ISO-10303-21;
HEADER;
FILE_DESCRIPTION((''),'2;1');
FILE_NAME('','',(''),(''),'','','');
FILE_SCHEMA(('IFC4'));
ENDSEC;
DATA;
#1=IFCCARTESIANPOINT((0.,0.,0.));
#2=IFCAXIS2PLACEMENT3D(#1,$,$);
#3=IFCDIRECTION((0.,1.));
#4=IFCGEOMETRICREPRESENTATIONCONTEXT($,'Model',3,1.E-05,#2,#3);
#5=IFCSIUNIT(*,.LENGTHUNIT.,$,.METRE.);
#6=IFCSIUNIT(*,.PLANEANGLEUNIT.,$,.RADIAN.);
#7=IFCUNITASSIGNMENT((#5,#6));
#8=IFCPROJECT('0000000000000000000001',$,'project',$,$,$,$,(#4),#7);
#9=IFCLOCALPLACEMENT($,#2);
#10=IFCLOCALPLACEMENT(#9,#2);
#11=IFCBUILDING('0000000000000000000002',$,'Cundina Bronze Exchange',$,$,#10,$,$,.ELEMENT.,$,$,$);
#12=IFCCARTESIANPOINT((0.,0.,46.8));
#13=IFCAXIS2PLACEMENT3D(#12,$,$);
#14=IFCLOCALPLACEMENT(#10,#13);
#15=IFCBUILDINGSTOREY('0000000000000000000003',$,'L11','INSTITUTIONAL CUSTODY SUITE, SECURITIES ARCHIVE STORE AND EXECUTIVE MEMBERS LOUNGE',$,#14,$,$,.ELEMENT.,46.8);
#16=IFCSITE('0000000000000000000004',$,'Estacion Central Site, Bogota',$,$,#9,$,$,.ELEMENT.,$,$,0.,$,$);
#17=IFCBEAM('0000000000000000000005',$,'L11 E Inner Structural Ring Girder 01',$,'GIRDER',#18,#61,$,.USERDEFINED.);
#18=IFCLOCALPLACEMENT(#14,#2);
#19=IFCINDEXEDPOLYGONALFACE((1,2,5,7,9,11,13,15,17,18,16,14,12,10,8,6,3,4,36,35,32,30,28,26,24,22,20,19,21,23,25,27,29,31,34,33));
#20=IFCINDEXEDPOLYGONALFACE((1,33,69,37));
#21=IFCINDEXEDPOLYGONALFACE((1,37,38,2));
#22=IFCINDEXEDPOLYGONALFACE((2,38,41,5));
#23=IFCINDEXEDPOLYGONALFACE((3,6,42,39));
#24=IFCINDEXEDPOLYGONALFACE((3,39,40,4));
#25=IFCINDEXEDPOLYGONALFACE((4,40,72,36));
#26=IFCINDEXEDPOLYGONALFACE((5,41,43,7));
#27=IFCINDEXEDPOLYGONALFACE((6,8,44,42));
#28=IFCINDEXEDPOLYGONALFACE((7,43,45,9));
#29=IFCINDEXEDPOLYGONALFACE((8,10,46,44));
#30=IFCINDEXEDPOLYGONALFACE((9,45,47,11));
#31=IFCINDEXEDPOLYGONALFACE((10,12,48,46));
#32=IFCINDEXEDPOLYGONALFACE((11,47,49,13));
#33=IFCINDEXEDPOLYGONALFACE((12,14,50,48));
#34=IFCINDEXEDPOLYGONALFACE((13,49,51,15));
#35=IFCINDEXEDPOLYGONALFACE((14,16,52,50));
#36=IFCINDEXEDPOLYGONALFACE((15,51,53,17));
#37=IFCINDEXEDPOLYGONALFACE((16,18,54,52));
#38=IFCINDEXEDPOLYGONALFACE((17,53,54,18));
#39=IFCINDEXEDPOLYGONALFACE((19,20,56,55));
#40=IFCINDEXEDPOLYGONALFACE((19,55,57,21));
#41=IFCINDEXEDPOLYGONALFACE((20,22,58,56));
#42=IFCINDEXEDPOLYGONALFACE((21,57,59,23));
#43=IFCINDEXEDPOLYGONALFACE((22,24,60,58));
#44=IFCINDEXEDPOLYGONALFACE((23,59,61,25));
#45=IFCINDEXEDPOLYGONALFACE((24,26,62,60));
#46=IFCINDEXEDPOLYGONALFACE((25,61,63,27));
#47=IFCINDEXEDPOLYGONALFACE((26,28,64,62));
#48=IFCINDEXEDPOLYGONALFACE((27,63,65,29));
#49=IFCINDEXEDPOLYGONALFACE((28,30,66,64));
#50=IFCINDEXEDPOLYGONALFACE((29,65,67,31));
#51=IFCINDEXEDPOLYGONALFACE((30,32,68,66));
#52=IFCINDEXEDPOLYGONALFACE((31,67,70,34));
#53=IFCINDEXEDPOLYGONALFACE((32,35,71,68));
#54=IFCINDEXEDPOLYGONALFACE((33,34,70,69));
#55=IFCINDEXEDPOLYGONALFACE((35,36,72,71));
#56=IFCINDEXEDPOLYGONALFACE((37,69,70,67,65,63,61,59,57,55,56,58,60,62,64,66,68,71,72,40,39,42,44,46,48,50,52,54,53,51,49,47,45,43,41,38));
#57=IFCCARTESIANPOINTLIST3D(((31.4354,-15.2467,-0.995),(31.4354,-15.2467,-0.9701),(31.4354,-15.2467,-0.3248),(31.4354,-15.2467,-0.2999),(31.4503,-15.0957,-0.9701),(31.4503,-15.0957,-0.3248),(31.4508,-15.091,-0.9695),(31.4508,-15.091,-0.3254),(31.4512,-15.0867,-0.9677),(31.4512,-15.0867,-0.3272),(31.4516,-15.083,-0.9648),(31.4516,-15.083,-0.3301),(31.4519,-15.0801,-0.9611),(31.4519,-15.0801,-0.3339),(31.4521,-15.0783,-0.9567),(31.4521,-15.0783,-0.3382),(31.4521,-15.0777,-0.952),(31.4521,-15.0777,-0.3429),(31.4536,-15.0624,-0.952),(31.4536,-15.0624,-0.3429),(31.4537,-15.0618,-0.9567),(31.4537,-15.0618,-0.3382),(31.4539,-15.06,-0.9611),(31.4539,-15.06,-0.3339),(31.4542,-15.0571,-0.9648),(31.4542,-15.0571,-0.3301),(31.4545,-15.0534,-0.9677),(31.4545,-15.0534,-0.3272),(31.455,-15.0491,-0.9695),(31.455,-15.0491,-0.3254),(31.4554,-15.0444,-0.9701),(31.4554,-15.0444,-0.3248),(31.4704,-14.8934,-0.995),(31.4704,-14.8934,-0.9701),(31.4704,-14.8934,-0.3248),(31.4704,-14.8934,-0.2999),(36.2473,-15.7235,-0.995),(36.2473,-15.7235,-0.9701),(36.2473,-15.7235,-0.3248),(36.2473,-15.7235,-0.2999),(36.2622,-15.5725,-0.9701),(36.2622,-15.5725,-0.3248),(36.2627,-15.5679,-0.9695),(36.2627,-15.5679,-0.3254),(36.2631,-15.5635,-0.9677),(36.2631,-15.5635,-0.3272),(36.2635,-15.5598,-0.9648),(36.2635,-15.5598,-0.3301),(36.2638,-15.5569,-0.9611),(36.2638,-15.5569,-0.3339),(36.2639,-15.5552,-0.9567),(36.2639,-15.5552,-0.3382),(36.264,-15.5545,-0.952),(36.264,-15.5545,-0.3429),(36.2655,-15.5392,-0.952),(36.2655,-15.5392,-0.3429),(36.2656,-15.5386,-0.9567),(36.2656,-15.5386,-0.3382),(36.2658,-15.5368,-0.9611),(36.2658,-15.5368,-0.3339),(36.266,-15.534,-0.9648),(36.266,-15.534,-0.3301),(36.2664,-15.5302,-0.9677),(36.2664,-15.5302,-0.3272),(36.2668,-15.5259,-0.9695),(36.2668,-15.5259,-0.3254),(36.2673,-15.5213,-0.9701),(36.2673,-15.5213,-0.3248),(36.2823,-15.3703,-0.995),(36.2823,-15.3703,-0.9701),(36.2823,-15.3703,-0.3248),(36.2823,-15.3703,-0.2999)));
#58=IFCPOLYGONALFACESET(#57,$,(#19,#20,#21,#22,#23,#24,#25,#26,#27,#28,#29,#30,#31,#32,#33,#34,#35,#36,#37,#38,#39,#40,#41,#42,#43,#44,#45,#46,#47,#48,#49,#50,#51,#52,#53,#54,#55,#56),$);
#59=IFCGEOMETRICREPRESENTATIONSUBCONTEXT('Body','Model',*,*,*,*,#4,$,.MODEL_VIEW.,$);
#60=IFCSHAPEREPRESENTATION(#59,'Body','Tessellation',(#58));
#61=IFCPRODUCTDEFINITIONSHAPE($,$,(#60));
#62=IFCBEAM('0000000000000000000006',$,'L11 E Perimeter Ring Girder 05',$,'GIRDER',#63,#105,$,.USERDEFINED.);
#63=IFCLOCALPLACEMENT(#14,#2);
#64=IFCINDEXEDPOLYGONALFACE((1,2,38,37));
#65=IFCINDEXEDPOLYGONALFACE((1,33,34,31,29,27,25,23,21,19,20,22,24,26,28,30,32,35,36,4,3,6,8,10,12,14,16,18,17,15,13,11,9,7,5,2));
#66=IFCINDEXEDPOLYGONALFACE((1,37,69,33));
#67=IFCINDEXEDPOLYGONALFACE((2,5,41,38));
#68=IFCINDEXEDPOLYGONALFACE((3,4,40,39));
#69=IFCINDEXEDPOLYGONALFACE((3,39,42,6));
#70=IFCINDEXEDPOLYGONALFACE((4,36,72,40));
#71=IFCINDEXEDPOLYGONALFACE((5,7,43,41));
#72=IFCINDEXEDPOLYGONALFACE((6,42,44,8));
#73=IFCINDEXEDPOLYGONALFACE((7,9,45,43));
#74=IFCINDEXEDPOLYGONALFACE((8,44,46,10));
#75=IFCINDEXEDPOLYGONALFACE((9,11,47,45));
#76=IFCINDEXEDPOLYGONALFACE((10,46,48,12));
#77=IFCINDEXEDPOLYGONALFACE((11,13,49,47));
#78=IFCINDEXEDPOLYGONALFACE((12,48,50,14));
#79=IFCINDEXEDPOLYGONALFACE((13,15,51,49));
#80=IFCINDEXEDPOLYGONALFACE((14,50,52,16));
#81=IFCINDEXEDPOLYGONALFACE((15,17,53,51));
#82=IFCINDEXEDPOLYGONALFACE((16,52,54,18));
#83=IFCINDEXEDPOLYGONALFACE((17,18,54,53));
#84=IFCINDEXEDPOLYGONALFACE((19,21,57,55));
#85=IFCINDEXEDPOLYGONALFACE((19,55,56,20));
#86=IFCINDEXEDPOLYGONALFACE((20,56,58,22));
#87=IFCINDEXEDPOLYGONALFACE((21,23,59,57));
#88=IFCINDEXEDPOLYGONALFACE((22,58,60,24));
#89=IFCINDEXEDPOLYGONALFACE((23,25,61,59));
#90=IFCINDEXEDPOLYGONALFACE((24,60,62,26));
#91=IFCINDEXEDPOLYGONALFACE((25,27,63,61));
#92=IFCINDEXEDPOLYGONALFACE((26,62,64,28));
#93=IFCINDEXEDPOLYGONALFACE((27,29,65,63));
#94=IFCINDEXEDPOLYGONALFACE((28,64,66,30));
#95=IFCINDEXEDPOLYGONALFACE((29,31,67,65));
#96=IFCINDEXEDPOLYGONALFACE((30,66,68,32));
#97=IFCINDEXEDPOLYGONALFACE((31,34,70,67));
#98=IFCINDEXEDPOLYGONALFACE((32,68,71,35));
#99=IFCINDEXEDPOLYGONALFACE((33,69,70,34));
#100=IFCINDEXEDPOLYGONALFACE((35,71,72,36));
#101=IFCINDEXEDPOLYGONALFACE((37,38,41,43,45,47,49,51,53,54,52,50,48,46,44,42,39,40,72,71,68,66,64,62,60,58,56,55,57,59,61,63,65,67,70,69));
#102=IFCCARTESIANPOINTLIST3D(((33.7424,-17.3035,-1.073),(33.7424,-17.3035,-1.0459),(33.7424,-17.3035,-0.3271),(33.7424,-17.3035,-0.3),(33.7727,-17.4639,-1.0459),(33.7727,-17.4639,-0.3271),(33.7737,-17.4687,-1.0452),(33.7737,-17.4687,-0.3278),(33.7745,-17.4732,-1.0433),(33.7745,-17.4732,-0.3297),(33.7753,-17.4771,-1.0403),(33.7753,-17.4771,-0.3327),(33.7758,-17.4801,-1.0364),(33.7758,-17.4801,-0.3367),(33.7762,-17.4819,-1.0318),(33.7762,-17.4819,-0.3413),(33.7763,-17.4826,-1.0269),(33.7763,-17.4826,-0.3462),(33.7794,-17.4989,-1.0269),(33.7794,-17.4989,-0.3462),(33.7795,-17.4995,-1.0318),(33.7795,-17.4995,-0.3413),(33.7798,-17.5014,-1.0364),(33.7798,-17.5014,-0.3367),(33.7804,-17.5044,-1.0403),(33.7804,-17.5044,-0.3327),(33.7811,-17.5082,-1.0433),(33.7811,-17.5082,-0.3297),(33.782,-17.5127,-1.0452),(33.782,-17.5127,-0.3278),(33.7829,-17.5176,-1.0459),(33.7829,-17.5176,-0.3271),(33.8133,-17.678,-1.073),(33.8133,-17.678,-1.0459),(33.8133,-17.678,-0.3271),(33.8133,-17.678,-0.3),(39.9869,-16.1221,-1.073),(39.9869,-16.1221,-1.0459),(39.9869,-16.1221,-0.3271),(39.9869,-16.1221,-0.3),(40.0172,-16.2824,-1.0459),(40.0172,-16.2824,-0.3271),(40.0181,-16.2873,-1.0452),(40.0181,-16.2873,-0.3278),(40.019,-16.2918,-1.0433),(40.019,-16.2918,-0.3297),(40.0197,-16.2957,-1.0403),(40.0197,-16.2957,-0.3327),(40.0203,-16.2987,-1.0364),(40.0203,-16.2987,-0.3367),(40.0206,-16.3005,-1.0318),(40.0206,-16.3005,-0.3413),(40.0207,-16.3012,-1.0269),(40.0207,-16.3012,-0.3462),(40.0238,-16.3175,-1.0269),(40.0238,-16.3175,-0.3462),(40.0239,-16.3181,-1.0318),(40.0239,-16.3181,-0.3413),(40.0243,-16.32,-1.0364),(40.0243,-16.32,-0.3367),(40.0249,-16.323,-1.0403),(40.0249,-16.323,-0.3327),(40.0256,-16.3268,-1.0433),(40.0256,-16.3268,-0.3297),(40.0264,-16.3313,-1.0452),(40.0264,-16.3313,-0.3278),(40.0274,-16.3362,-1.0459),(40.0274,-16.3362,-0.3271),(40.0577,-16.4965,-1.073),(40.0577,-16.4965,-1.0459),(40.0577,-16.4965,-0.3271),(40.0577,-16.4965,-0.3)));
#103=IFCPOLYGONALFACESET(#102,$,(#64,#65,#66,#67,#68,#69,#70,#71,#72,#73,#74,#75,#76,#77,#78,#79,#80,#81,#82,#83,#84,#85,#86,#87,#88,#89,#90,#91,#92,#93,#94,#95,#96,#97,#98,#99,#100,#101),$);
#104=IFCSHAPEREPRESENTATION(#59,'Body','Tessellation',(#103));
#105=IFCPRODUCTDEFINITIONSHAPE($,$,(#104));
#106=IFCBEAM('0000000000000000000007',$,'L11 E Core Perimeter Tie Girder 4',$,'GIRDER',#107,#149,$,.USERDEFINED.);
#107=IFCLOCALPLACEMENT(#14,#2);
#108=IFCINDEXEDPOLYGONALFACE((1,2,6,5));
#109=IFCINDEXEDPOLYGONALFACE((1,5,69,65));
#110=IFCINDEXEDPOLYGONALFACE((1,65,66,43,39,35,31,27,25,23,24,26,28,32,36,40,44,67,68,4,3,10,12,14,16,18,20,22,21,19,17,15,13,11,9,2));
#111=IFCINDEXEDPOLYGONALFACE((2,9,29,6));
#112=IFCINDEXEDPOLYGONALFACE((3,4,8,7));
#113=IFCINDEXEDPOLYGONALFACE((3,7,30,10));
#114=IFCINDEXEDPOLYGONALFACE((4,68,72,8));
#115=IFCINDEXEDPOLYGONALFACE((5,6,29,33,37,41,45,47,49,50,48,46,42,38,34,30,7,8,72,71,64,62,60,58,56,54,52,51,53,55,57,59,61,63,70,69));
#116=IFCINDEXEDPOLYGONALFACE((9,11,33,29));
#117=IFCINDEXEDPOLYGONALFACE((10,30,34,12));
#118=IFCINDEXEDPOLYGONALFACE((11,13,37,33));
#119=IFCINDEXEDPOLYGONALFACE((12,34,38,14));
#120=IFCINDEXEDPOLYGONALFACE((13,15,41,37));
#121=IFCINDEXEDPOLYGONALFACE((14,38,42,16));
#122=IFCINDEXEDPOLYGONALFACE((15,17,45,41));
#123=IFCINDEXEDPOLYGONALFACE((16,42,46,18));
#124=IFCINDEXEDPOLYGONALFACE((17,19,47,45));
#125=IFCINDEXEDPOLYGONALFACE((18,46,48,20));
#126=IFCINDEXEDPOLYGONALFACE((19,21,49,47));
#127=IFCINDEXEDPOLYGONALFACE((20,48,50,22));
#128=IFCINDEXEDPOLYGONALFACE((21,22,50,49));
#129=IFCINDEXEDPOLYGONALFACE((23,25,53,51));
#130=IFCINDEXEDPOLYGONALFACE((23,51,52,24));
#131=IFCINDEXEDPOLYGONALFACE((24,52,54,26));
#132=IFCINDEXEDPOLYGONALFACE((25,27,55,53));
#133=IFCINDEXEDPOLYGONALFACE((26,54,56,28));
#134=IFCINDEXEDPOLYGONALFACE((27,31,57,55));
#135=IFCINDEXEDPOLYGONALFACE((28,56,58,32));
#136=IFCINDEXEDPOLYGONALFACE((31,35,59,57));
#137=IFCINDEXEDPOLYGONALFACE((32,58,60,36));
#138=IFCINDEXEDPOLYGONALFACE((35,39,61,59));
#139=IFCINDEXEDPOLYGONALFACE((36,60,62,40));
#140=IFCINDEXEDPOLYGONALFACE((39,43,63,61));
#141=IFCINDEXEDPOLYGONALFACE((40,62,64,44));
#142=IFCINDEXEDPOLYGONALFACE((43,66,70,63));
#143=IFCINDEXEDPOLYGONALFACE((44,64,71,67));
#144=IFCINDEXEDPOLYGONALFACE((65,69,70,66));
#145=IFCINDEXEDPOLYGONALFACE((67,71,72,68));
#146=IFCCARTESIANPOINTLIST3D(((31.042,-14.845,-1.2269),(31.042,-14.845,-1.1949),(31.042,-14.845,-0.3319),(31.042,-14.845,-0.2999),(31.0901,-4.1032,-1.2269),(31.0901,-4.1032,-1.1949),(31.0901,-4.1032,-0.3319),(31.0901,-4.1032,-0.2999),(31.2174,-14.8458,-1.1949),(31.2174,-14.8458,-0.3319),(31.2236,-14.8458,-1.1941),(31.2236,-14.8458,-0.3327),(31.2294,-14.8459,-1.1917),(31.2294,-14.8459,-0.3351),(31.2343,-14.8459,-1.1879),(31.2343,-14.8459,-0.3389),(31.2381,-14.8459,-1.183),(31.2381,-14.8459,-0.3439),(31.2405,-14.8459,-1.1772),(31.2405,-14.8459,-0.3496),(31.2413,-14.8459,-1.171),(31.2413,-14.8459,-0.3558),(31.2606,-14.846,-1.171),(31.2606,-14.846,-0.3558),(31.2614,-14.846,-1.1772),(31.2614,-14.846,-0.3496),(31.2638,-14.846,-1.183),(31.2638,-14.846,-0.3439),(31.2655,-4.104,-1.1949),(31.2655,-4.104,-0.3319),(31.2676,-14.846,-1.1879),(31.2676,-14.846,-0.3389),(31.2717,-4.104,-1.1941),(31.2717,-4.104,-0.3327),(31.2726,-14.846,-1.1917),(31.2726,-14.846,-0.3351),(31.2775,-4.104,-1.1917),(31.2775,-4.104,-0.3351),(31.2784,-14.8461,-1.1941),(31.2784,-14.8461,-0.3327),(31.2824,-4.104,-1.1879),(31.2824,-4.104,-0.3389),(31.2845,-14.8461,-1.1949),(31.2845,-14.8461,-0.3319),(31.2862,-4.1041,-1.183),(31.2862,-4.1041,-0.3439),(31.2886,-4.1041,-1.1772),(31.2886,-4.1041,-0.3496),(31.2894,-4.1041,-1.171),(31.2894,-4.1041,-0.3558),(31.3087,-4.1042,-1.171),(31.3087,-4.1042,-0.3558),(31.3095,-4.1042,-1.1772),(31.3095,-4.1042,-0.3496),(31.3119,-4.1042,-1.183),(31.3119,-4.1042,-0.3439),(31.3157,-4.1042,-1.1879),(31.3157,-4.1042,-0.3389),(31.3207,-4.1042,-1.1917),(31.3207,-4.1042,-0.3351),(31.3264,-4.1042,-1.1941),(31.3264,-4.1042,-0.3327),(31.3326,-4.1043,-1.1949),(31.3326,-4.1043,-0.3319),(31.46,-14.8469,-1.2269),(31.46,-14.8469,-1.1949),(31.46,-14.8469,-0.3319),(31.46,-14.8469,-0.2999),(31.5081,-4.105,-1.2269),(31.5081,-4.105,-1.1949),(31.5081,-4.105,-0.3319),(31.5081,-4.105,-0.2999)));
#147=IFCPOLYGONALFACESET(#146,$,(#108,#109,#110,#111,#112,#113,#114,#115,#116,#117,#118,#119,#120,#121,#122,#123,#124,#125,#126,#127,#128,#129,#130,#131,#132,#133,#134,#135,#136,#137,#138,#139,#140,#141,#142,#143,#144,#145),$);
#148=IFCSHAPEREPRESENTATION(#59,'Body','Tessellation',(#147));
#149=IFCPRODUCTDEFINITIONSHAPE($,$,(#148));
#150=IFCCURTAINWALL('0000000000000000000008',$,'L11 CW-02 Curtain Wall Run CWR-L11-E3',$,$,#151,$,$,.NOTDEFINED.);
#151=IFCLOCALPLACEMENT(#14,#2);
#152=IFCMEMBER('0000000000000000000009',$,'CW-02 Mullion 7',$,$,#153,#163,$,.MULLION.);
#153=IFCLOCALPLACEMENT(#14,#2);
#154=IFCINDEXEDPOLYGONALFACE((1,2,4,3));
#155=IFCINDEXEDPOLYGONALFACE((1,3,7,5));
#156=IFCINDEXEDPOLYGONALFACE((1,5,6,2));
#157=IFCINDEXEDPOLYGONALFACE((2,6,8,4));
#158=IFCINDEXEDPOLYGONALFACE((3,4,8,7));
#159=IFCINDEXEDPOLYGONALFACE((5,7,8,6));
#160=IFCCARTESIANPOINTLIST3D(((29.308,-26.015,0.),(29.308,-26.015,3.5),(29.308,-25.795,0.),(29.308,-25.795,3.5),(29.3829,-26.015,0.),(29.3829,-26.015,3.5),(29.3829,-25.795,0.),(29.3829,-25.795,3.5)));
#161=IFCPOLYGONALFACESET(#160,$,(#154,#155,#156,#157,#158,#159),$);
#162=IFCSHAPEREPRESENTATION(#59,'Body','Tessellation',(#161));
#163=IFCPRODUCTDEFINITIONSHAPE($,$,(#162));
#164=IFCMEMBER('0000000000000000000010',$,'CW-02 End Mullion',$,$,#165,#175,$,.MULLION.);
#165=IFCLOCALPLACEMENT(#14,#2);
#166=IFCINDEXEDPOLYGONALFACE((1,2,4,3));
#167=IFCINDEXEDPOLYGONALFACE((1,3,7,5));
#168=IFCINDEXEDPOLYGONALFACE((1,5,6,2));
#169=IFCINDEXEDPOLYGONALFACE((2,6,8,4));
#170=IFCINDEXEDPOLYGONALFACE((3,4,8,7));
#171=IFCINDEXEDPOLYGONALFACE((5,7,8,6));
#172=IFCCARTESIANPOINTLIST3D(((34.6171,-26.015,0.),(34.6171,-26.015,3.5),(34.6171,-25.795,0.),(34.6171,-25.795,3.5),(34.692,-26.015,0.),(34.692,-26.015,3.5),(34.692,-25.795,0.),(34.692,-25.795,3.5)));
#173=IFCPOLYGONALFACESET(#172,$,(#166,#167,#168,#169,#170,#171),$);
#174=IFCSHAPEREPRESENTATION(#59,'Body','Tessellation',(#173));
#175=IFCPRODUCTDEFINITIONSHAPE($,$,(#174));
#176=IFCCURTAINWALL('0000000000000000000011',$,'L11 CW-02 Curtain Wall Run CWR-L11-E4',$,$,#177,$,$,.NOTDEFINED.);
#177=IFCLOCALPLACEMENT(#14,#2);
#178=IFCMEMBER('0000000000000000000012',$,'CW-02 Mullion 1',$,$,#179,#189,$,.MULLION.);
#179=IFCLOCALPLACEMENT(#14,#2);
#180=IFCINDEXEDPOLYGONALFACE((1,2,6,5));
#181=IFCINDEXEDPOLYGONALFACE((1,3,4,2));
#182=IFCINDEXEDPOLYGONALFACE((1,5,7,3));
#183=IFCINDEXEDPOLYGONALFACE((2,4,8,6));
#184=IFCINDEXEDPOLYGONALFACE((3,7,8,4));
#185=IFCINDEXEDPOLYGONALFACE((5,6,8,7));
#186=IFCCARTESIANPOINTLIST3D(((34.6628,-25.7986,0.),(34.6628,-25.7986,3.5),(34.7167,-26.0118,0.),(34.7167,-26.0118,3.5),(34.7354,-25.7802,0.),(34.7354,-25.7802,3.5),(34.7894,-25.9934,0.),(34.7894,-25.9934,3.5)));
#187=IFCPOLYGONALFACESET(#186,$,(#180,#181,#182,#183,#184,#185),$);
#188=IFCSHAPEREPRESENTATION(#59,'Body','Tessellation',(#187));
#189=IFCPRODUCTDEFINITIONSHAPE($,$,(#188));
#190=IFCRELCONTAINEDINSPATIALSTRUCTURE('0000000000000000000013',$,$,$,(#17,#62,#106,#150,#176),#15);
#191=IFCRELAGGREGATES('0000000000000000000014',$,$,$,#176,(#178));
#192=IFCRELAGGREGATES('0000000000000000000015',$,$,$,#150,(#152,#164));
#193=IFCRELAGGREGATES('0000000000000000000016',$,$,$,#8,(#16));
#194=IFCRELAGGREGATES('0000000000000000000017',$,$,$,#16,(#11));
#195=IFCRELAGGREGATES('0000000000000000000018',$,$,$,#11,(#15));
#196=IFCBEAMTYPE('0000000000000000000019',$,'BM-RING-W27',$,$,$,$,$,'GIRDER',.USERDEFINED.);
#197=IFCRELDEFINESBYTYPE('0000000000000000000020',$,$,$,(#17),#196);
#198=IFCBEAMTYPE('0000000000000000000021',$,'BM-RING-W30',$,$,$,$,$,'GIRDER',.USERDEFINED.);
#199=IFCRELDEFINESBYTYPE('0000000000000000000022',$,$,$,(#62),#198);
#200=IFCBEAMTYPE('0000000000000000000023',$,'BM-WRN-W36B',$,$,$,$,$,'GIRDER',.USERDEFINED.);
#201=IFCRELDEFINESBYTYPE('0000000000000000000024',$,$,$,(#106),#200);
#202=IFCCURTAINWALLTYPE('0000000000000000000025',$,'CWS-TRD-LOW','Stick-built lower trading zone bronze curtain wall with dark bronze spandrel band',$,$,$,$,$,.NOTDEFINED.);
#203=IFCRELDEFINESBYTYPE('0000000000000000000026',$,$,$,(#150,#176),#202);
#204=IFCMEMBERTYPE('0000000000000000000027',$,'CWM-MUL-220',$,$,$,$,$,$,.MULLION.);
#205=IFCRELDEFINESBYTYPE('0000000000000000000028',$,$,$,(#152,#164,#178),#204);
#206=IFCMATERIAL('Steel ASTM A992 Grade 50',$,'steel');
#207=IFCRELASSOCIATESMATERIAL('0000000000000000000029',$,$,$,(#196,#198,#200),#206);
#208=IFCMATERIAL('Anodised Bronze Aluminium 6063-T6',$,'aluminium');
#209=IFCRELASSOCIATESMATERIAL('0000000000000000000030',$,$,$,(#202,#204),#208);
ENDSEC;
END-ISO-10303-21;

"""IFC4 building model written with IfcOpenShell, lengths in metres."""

from ifc_helpers import new_model, si_unit, direction, frame, origin, origin_2d, place, context, subcontext, project, spatial, rectangle, i_section, extrude, material, material_profile, profile_set, type_object, element, aggregate, save


model = new_model("IFC4")

# Units and contexts
model_context = context("Model", 3, precision=1e-05, world=origin(), true_north=direction((0.0, 1.0)))
body_context = subcontext(model_context, "Body", "Model", "MODEL_VIEW")
ifc_project = project(units=[si_unit("LENGTHUNIT", "METRE"), si_unit("PLANEANGLEUNIT", "RADIAN")], contexts=[model_context])

# Site, building, storey
site_placement = place(None, origin())
site = spatial("IfcSite", under=ifc_project, at=site_placement, Name="Estacion Central Site, Bogota", CompositionType="ELEMENT", RefElevation=0.0)
building_placement = place(site_placement, origin())
building = spatial("IfcBuilding", under=site, at=building_placement, Name="Cundina Bronze Exchange", CompositionType="ELEMENT")
storey_placement = place(building_placement, frame((0.0, 0.0, 46.8)))
storey = spatial("IfcBuildingStorey", under=building, at=storey_placement, Name="L11", Description="INSTITUTIONAL CUSTODY SUITE, SECURITIES ARCHIVE STORE AND EXECUTIVE MEMBERS LOUNGE", CompositionType="ELEMENT", Elevation=46.8)

# Shared definitions
ifc_material_1 = material(Name="Steel ASTM A992 Grade 50", Category="steel")

# Beams
ifc_material_profile_1 = material_profile(ifc_material_1, i_section(OverallWidth=0.355, OverallDepth=0.6951, WebThickness=0.0154, FlangeThickness=0.0249, FilletRadius=0.0181, at=origin_2d()), Name="W27X146", Category="steel")
ifc_profile_set_1 = profile_set([ifc_material_profile_1], Name="Steel ASTM A992 Grade 50")
beam_type_1 = type_object("IfcBeamType", Name="BM-RING-W27", ElementType="GIRDER", PredefinedType="USERDEFINED", material=ifc_profile_set_1)
beam_1_placement = place(storey_placement, frame((31.4529, -15.0701, -0.6475), z_axis=(0.995126, -0.098609, 0.0), x_axis=(0.098609, 0.995126, 0.0)))
element("IfcBeam", 1, at=beam_1_placement, inside=storey, type_object=beam_type_1, Name="L11 E Inner Structural Ring Girder 01", ObjectType="GIRDER", PredefinedType="USERDEFINED", context=body_context, shape_type="SweptSolid", body=[
    extrude(i_section(OverallWidth=0.355, OverallDepth=0.6951, WebThickness=0.0154, FlangeThickness=0.0249, FilletRadius=0.0181, at=origin_2d()), origin(), (0.0, 0.0, 1.0), 4.8354),
])
ifc_material_profile_2 = material_profile(ifc_material_1, i_section(OverallWidth=0.3811, OverallDepth=0.7729, WebThickness=0.0166, FlangeThickness=0.0271, FilletRadius=0.019, at=origin_2d()), Name="W30X173", Category="steel")
ifc_profile_set_2 = profile_set([ifc_material_profile_2], Name="Steel ASTM A992 Grade 50")
beam_type_2 = type_object("IfcBeamType", Name="BM-RING-W30", ElementType="GIRDER", PredefinedType="USERDEFINED", material=ifc_profile_set_2)
beam_2_placement = place(storey_placement, frame((33.7778, -17.4907, -0.6865), z_axis=(0.982569, 0.185896, 0.0), x_axis=(-0.185896, 0.982569, 0.0)))
element("IfcBeam", 2, at=beam_2_placement, inside=storey, type_object=beam_type_2, Name="L11 E Perimeter Ring Girder 05", ObjectType="GIRDER", PredefinedType="USERDEFINED", context=body_context, shape_type="SweptSolid", body=[
    extrude(i_section(OverallWidth=0.3811, OverallDepth=0.7729, WebThickness=0.0166, FlangeThickness=0.0271, FilletRadius=0.019, at=origin_2d()), origin(), (0.0, 0.0, 1.0), 6.3552),
])
ifc_material_profile_3 = material_profile(ifc_material_1, i_section(OverallWidth=0.418, OverallDepth=0.927, WebThickness=0.0193, FlangeThickness=0.032, FilletRadius=0.0239, at=origin_2d()), Name="W36X231", Category="steel")
ifc_profile_set_3 = profile_set([ifc_material_profile_3], Name="Steel ASTM A992 Grade 50")
beam_type_3 = type_object("IfcBeamType", Name="BM-WRN-W36B", ElementType="GIRDER", PredefinedType="USERDEFINED", material=ifc_profile_set_3)
beam_3_placement = place(storey_placement, frame((31.251, -14.8459, -0.7634), z_axis=(0.004477, 0.99999, 0.0), x_axis=(-0.99999, 0.004477, 0.0)))
element("IfcBeam", 3, at=beam_3_placement, inside=storey, type_object=beam_type_3, Name="L11 E Core Perimeter Tie Girder 4", ObjectType="GIRDER", PredefinedType="USERDEFINED", context=body_context, shape_type="SweptSolid", body=[
    extrude(i_section(OverallWidth=0.418, OverallDepth=0.927, WebThickness=0.0193, FlangeThickness=0.032, FilletRadius=0.0239, at=origin_2d()), origin(), (0.0, 0.0, 1.0), 10.7419),
])

# Curtain wall, members
ifc_material_2 = material(Name="Anodised Bronze Aluminium 6063-T6", Category="aluminium")
curtain_wall_type = type_object("IfcCurtainWallType", Name="CWS-TRD-LOW", Description="Stick-built lower trading zone bronze curtain wall with dark bronze spandrel band", PredefinedType="NOTDEFINED", material=ifc_material_2)
curtain_wall_1_placement = place(storey_placement, origin())
curtain_wall_1 = element("IfcCurtainWall", 4, at=curtain_wall_1_placement, inside=storey, type_object=curtain_wall_type, Name="L11 CW-02 Curtain Wall Run CWR-L11-E3", PredefinedType="NOTDEFINED")
ifc_material_profile_4 = material_profile(ifc_material_2, rectangle(XDim=0.075, YDim=0.22, at=origin_2d()), Name="AL75X220", Category="aluminium")
ifc_profile_set_4 = profile_set([ifc_material_profile_4], Name="Anodised Bronze Aluminium 6063-T6")
member_type_1 = type_object("IfcMemberType", Name="CWM-MUL-220", PredefinedType="MULLION", material=ifc_profile_set_4)
member_1_placement = place(storey_placement, frame((29.3455, -25.905, 0.0), z_axis=(0.0, 0.0, 1.0), x_axis=(1.0, 0.0, 0.0)))
member_1 = element("IfcMember", 5, at=member_1_placement, type_object=member_type_1, Name="CW-02 Mullion 7", PredefinedType="MULLION", context=body_context, shape_type="SweptSolid", body=[
    extrude(rectangle(XDim=0.075, YDim=0.22, at=origin_2d()), origin(), (0.0, 0.0, 1.0), 3.5),
])
member_2_placement = place(storey_placement, frame((34.6545, -25.905, 0.0), z_axis=(0.0, 0.0, 1.0), x_axis=(1.0, 0.0, 0.0)))
member_2 = element("IfcMember", 6, at=member_2_placement, type_object=member_type_1, Name="CW-02 End Mullion", PredefinedType="MULLION", context=body_context, shape_type="SweptSolid", body=[
    extrude(rectangle(XDim=0.075, YDim=0.22, at=origin_2d()), origin(), (0.0, 0.0, 1.0), 3.5),
])

# Curtain wall, member
curtain_wall_2_placement = place(storey_placement, origin())
curtain_wall_2 = element("IfcCurtainWall", 7, at=curtain_wall_2_placement, inside=storey, type_object=curtain_wall_type, Name="L11 CW-02 Curtain Wall Run CWR-L11-E4", PredefinedType="NOTDEFINED")
member_3_placement = place(storey_placement, frame((34.7261, -25.896, 0.0), z_axis=(0.0, 0.0, 1.0), x_axis=(0.969488, 0.245138, 0.0)))
member_3 = element("IfcMember", 8, at=member_3_placement, type_object=member_type_1, Name="CW-02 Mullion 1", PredefinedType="MULLION", context=body_context, shape_type="SweptSolid", body=[
    extrude(rectangle(XDim=0.075, YDim=0.22, at=origin_2d()), origin(), (0.0, 0.0, 1.0), 3.5),
])
aggregate(curtain_wall_2, [member_3])

aggregate(curtain_wall_1, [member_1, member_2])

save(model, "model.ifc")
